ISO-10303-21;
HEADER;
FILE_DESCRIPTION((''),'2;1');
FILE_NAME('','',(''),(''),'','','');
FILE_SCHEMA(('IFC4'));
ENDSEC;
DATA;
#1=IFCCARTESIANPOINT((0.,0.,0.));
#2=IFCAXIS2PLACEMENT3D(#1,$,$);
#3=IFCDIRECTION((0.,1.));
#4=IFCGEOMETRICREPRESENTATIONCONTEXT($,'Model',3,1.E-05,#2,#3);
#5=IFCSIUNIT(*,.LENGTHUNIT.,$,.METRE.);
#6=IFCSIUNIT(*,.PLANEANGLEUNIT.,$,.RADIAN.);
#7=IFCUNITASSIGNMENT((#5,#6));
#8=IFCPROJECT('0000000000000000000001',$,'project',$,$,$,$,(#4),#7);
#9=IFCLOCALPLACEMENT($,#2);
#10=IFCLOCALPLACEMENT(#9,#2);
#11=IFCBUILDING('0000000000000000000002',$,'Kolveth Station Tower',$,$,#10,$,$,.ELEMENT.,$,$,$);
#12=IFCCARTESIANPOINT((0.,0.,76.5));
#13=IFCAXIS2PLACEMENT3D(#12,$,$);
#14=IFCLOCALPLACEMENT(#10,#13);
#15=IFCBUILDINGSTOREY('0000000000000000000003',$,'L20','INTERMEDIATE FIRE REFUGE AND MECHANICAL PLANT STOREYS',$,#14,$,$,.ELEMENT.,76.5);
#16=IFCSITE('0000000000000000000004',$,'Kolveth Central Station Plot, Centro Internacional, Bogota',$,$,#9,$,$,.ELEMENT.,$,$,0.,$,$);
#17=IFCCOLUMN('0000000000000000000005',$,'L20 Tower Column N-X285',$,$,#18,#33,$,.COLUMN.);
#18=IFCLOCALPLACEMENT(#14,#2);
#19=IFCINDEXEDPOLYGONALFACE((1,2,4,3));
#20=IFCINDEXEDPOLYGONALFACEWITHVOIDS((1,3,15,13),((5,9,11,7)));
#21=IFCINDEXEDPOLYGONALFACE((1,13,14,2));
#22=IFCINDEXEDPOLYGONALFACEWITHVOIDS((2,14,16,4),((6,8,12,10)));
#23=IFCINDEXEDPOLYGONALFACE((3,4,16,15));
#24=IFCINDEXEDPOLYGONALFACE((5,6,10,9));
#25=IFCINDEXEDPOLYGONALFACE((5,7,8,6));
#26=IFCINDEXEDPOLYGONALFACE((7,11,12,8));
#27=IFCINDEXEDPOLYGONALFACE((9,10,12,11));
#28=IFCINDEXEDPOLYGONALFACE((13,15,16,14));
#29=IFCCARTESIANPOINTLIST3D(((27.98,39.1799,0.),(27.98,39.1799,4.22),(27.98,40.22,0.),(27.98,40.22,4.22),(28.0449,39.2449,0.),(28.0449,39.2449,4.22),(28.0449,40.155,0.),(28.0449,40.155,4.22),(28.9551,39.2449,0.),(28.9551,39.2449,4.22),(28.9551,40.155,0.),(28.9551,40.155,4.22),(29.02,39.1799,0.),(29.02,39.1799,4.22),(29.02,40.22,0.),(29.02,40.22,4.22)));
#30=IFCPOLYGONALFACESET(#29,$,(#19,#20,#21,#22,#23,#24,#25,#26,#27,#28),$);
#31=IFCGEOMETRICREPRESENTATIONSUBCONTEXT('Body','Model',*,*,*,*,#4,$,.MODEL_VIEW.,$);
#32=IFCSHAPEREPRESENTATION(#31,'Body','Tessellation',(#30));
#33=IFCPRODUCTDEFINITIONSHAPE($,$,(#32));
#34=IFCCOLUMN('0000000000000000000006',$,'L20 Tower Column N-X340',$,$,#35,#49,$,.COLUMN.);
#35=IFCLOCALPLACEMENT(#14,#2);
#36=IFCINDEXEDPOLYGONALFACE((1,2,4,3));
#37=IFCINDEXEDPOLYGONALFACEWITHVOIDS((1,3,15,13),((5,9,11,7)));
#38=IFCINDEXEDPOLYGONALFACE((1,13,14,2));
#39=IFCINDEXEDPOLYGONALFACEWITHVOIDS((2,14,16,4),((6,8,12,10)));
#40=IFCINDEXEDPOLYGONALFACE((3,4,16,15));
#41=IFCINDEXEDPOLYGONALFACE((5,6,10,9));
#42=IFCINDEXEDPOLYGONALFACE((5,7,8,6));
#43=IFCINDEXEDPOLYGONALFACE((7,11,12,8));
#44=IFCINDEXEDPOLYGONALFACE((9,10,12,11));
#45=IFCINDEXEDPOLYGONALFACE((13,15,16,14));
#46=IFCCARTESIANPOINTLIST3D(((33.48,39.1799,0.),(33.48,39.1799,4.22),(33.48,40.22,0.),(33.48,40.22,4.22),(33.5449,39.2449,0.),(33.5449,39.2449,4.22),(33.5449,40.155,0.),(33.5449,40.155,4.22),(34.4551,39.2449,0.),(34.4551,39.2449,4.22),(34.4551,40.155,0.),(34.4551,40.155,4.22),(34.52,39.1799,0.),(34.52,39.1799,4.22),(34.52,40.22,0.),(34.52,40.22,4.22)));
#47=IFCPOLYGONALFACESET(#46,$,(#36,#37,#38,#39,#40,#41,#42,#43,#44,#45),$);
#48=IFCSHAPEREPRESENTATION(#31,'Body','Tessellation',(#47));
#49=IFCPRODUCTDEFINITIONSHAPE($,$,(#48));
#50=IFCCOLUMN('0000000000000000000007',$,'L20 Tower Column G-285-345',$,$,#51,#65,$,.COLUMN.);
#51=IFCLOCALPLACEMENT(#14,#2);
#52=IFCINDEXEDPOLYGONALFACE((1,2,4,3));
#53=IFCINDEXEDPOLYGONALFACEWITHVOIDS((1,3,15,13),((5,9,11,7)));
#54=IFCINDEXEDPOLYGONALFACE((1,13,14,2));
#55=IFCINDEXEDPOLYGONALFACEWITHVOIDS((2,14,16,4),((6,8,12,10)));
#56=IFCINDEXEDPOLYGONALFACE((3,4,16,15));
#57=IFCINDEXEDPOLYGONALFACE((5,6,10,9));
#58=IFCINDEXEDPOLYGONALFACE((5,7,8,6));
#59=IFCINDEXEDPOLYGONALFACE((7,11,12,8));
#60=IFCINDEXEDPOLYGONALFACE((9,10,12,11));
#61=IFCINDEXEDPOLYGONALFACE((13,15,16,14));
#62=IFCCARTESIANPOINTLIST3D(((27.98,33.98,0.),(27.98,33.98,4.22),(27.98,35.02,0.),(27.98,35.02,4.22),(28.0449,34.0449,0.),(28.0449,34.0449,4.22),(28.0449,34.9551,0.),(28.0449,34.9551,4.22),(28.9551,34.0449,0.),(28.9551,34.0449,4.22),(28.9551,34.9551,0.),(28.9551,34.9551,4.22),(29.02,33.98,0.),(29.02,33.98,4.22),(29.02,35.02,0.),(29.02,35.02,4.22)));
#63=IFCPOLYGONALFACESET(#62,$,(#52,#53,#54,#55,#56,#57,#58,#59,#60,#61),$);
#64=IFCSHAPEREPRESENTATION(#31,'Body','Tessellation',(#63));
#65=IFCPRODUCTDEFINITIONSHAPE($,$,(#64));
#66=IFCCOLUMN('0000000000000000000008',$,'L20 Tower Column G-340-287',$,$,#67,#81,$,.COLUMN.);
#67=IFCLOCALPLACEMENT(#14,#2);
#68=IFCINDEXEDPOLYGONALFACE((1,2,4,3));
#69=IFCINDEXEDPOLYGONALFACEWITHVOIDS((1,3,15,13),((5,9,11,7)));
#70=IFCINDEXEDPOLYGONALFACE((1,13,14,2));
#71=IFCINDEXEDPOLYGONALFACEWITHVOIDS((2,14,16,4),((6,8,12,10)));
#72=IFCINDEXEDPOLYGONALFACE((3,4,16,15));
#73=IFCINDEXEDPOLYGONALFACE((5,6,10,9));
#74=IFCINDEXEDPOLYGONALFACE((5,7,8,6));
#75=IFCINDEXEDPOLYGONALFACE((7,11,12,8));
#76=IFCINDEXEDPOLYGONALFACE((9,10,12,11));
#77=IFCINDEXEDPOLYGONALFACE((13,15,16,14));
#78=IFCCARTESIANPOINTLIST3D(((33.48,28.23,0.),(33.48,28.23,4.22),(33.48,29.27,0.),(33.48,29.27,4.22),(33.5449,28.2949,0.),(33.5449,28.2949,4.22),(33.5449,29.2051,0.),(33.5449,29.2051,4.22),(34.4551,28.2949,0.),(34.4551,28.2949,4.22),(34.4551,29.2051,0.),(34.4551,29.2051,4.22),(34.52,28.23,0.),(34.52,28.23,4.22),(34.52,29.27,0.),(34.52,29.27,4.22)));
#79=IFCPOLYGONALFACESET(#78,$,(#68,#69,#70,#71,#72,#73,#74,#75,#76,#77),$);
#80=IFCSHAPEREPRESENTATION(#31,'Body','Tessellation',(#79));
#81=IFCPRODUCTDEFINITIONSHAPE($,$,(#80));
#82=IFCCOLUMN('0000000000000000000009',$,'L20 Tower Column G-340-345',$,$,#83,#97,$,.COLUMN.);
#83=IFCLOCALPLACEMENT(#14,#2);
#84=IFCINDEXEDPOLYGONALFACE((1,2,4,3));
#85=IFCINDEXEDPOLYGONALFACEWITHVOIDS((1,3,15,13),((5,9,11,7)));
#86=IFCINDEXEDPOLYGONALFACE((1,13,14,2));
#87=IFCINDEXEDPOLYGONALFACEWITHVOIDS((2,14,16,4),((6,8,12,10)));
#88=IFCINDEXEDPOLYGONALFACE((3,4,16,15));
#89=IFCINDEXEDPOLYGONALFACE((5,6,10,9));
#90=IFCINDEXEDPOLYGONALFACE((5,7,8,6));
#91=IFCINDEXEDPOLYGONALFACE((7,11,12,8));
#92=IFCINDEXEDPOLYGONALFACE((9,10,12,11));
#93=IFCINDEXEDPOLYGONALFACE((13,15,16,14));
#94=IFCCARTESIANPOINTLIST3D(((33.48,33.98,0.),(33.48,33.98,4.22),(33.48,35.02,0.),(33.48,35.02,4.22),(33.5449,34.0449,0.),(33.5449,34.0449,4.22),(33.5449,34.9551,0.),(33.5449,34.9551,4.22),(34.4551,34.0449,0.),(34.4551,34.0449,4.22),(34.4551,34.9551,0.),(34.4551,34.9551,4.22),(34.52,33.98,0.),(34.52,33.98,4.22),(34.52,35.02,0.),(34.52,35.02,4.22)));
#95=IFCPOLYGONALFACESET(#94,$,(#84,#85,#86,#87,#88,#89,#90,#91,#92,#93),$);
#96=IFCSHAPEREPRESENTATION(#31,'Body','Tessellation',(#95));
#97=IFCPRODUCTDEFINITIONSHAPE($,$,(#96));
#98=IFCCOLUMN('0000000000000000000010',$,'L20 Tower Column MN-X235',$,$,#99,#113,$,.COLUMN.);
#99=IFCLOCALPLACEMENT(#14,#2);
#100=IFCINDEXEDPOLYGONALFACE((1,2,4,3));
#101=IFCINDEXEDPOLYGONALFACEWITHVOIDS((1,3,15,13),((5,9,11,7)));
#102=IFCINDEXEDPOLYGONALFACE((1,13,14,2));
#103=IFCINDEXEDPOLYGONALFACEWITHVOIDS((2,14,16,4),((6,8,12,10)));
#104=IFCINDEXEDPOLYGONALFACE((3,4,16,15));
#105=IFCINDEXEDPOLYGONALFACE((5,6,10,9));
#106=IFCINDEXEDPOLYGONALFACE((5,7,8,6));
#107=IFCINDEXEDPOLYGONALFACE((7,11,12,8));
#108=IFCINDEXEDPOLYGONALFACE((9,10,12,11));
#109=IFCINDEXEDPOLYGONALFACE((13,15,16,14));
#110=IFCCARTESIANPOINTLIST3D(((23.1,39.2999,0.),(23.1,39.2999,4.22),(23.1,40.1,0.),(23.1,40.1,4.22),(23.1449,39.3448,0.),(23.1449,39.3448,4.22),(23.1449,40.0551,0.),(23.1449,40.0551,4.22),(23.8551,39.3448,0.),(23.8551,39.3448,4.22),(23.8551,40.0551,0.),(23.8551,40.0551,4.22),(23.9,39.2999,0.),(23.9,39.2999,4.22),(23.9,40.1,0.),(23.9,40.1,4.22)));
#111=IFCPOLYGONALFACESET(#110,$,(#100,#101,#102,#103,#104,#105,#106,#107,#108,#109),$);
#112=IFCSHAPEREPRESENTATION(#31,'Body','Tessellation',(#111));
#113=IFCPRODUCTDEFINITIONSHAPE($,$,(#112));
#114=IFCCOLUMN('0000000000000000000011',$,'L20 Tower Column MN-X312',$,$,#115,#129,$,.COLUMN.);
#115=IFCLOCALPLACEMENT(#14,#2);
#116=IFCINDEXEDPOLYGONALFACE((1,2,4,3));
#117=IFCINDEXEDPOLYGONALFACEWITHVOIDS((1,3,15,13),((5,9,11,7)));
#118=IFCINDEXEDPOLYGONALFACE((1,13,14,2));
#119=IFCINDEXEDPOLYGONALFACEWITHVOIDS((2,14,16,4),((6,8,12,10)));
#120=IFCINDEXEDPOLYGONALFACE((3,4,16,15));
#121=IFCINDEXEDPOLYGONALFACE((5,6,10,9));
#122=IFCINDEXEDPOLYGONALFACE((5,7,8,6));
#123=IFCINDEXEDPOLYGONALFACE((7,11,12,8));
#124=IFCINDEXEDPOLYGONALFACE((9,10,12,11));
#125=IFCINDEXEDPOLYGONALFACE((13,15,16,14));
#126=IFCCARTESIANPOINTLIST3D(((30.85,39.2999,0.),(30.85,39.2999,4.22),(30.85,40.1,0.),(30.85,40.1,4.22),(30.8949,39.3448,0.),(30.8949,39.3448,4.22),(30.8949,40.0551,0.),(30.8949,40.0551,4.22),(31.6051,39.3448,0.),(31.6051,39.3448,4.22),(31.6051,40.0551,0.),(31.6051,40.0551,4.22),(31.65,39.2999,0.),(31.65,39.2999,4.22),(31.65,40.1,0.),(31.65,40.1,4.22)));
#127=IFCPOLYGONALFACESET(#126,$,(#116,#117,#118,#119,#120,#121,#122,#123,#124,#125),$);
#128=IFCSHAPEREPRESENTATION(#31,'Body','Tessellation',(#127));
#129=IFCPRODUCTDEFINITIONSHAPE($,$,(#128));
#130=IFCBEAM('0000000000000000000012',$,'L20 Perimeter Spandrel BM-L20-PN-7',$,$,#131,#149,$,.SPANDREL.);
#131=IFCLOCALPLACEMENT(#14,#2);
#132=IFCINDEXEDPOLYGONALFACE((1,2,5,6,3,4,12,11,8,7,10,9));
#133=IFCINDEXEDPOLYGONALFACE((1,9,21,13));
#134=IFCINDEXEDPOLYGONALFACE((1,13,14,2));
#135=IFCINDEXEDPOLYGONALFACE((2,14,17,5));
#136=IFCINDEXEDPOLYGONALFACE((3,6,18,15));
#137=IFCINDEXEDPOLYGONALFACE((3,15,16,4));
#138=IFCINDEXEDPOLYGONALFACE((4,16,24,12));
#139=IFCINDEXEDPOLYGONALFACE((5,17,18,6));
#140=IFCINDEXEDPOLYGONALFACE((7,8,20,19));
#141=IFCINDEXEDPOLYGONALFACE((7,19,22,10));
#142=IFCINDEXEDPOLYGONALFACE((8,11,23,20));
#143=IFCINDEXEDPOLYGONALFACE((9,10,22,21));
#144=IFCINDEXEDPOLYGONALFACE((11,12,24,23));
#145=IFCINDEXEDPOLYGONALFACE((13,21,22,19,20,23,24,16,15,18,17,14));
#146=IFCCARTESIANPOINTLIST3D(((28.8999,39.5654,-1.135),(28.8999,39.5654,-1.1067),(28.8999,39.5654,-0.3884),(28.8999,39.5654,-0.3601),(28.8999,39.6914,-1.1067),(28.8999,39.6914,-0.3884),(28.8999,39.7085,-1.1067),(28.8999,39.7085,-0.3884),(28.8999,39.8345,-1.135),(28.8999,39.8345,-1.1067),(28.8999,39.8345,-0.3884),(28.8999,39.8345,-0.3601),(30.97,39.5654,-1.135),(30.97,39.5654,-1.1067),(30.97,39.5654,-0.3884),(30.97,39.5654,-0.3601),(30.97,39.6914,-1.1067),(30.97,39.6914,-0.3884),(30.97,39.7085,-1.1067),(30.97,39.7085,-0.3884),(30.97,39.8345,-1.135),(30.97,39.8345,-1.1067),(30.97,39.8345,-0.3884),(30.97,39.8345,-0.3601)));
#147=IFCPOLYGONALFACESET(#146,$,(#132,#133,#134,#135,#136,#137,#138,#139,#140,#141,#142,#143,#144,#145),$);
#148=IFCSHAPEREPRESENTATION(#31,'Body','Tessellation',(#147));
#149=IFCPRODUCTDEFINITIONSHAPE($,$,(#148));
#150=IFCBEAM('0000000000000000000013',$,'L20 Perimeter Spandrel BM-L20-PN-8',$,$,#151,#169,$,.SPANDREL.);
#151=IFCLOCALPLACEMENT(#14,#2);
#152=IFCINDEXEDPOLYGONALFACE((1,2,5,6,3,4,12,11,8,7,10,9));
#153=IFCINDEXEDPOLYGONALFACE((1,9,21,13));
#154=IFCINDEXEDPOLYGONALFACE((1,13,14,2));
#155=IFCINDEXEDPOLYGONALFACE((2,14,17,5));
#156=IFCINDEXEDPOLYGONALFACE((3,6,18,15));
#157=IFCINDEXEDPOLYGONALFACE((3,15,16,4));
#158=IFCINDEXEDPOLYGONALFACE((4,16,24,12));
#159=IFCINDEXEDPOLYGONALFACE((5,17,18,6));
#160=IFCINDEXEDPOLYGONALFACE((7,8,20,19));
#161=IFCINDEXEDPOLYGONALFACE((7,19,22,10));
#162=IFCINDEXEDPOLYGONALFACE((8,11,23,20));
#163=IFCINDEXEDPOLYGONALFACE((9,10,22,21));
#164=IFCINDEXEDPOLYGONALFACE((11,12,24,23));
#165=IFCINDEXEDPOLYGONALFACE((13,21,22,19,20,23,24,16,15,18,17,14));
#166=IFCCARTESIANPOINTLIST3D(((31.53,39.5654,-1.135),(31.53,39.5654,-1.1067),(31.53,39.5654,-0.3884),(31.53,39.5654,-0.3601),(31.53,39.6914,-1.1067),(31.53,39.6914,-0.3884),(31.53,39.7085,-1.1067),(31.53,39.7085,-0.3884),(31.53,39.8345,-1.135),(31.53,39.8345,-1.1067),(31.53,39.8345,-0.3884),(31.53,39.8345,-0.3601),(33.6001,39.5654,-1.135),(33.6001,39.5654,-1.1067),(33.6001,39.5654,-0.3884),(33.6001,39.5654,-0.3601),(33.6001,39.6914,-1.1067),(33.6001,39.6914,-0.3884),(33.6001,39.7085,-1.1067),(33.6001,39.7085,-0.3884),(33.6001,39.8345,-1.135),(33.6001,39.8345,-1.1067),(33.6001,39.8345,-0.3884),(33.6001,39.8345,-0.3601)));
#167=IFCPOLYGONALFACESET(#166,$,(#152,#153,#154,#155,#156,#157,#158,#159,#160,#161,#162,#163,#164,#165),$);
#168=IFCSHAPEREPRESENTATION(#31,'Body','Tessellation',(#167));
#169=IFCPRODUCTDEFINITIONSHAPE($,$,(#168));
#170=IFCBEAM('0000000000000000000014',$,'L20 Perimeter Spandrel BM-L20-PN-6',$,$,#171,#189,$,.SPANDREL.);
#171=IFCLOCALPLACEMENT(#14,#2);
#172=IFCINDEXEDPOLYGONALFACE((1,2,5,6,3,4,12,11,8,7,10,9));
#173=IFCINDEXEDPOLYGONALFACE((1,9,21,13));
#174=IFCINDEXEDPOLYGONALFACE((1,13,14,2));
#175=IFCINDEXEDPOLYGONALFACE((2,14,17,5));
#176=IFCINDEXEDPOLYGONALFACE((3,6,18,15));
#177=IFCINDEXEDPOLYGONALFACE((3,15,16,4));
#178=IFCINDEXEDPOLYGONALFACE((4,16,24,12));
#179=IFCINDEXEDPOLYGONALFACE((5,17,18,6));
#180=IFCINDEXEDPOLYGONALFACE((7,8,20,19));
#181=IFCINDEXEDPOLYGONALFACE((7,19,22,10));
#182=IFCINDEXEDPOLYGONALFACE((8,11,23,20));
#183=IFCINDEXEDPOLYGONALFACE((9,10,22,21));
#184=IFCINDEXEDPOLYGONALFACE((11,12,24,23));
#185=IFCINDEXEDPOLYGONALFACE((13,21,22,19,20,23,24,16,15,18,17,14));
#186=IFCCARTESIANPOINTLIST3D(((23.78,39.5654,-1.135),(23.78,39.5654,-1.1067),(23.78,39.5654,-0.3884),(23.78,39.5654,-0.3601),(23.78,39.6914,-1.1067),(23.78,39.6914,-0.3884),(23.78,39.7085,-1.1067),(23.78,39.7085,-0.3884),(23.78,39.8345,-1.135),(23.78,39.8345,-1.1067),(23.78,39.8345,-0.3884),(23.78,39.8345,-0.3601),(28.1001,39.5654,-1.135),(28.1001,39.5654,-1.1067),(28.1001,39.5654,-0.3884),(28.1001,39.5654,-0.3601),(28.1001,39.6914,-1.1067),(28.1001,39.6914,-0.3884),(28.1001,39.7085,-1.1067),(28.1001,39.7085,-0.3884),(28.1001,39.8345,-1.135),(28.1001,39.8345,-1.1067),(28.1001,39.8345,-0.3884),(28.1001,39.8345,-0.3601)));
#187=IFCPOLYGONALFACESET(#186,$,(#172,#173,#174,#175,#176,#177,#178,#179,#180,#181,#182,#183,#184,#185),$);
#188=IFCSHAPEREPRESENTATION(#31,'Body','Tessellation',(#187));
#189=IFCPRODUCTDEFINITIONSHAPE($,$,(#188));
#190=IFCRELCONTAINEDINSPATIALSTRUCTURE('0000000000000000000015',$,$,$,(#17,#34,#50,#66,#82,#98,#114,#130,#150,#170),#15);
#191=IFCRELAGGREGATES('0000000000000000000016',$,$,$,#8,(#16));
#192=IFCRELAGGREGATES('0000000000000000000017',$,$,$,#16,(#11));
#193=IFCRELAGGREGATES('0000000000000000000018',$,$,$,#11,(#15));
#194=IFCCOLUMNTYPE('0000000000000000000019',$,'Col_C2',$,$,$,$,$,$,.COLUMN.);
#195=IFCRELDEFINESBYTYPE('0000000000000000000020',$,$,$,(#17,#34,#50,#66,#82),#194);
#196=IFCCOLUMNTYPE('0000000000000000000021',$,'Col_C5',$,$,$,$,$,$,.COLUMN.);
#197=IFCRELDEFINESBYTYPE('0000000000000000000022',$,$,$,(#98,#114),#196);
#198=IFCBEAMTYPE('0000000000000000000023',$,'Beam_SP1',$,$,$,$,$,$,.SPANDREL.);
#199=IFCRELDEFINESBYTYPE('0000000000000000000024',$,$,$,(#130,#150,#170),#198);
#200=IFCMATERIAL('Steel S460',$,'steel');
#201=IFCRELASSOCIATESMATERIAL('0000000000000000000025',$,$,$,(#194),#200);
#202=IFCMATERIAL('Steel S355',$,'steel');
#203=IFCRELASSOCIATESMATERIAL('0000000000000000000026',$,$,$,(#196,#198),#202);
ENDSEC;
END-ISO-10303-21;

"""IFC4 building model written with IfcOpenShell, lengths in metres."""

from ifc_helpers import new_model, si_unit, direction, frame, origin, origin_2d, place, context, subcontext, project, spatial, hollow_rectangle, i_section, extrude, source, transform, mapped, material, material_profile, profile_set, type_object, element, save


model = new_model("IFC4")

# Units and contexts
model_context = context("Model", 3, precision=1e-05, world=origin(), true_north=direction((0.0, 1.0)))
body_context = subcontext(model_context, "Body", "Model", "MODEL_VIEW")
ifc_project = project(units=[si_unit("LENGTHUNIT", "METRE"), si_unit("PLANEANGLEUNIT", "RADIAN")], contexts=[model_context])

# Site, building, storey
site_placement = place(None, origin())
site = spatial("IfcSite", under=ifc_project, at=site_placement, Name="Kolveth Central Station Plot, Centro Internacional, Bogota", CompositionType="ELEMENT", RefElevation=0.0)
building_placement = place(site_placement, origin())
building = spatial("IfcBuilding", under=site, at=building_placement, Name="Kolveth Station Tower", CompositionType="ELEMENT")
storey_placement = place(building_placement, frame((0.0, 0.0, 76.5)))
storey = spatial("IfcBuildingStorey", under=building, at=storey_placement, Name="L20", Description="INTERMEDIATE FIRE REFUGE AND MECHANICAL PLANT STOREYS", CompositionType="ELEMENT", Elevation=76.5)

# Columns
ifc_material_1 = material(Name="Steel S460", Category="steel")
ifc_material_profile_1 = material_profile(ifc_material_1, hollow_rectangle(XDim=1.04, YDim=1.04, WallThickness=0.0649, at=origin_2d()), Name="BOX1040x1040x65")
ifc_profile_set_1 = profile_set([ifc_material_profile_1], Name="Steel S460")
column_type_1 = type_object("IfcColumnType", Name="Col_C2", PredefinedType="COLUMN", material=ifc_profile_set_1)
shared_shape_1 = source(origin(), body_context, "Body", "SweptSolid", [
    extrude(hollow_rectangle(XDim=1.04, YDim=1.04, WallThickness=0.0649, at=origin_2d()), origin(), (0.0, 0.0, 1.0), 4.22),
])
for number, where, z_axis, x_axis, name in (
    (1, (28.5, 39.7, 0.0), (0.0, 0.0, 1.0), (1.0, 0.0, 0.0), "L20 Tower Column N-X285"),
    (2, (34.0, 39.7, 0.0), (0.0, 0.0, 1.0), (1.0, 0.0, 0.0), "L20 Tower Column N-X340"),
    (3, (28.5, 34.5, 0.0), (0.0, 0.0, 1.0), (1.0, 0.0, 0.0), "L20 Tower Column G-285-345"),
    (4, (34.0, 28.75, 0.0), (0.0, 0.0, 1.0), (1.0, 0.0, 0.0), "L20 Tower Column G-340-287"),
    (5, (34.0, 34.5, 0.0), (0.0, 0.0, 1.0), (1.0, 0.0, 0.0), "L20 Tower Column G-340-345"),
):
    element("IfcColumn", number, at=place(storey_placement, frame(where, z_axis=z_axis, x_axis=x_axis)), inside=storey, type_object=column_type_1, Name=name, PredefinedType="COLUMN", context=body_context, shape_type="MappedRepresentation", body=[
        mapped(shared_shape_1, transform((0.0, 0.0, 0.0), x_axis=(1.0, 0.0, 0.0), y_axis=(0.0, 1.0, 0.0), z_axis=(0.0, 0.0, 1.0), scale=1.0)),
    ])
ifc_material_2 = material(Name="Steel S355", Category="steel")
ifc_material_profile_2 = material_profile(ifc_material_2, hollow_rectangle(XDim=0.8, YDim=0.8, WallThickness=0.0449, at=origin_2d()), Name="BOX800x800x45")
ifc_profile_set_2 = profile_set([ifc_material_profile_2], Name="Steel S355")
column_type_2 = type_object("IfcColumnType", Name="Col_C5", PredefinedType="COLUMN", material=ifc_profile_set_2)
shared_shape_2 = source(origin(), body_context, "Body", "SweptSolid", [
    extrude(hollow_rectangle(XDim=0.8, YDim=0.8, WallThickness=0.0449, at=origin_2d()), origin(), (0.0, 0.0, 1.0), 4.22),
])
for number, where, z_axis, x_axis, name in (
    (6, (23.5, 39.7, 0.0), (0.0, 0.0, 1.0), (1.0, 0.0, 0.0), "L20 Tower Column MN-X235"),
    (7, (31.25, 39.7, 0.0), (0.0, 0.0, 1.0), (1.0, 0.0, 0.0), "L20 Tower Column MN-X312"),
):
    element("IfcColumn", number, at=place(storey_placement, frame(where, z_axis=z_axis, x_axis=x_axis)), inside=storey, type_object=column_type_2, Name=name, PredefinedType="COLUMN", context=body_context, shape_type="MappedRepresentation", body=[
        mapped(shared_shape_2, transform((0.0, 0.0, 0.0), x_axis=(1.0, 0.0, 0.0), y_axis=(0.0, 1.0, 0.0), z_axis=(0.0, 0.0, 1.0), scale=1.0)),
    ])

# Beams
ifc_material_profile_3 = material_profile(ifc_material_2, i_section(OverallWidth=0.269, OverallDepth=0.7749, WebThickness=0.0171, FlangeThickness=0.0283, at=origin_2d()), Name="W760x220")
ifc_profile_set_3 = profile_set([ifc_material_profile_3], Name="Steel S355")
beam_type_1 = type_object("IfcBeamType", Name="Beam_SP1", PredefinedType="SPANDREL", material=ifc_profile_set_3)
shared_shape_3 = source(origin(), body_context, "Body", "SweptSolid", [
    extrude(i_section(OverallWidth=0.269, OverallDepth=0.7749, WebThickness=0.0171, FlangeThickness=0.0283, at=origin_2d()), origin(), (0.0, 0.0, 1.0), 2.0701),
])
for number, where, z_axis, x_axis, name in (
    (8, (28.8999, 39.7, -0.7476), (1.0, 0.0, 0.0), (0.0, 1.0, 0.0), "L20 Perimeter Spandrel BM-L20-PN-7"),
    (9, (31.53, 39.7, -0.7476), (1.0, 0.0, 0.0), (0.0, 1.0, 0.0), "L20 Perimeter Spandrel BM-L20-PN-8"),
):
    element("IfcBeam", number, at=place(storey_placement, frame(where, z_axis=z_axis, x_axis=x_axis)), inside=storey, type_object=beam_type_1, Name=name, PredefinedType="SPANDREL", context=body_context, shape_type="MappedRepresentation", body=[
        mapped(shared_shape_3, transform((0.0, 0.0, 0.0), x_axis=(1.0, 0.0, 0.0), y_axis=(0.0, 1.0, 0.0), z_axis=(0.0, 0.0, 1.0), scale=1.0)),
    ])
shared_shape_4 = source(origin(), body_context, "Body", "SweptSolid", [
    extrude(i_section(OverallWidth=0.269, OverallDepth=0.7749, WebThickness=0.0171, FlangeThickness=0.0283, at=origin_2d()), origin(), (0.0, 0.0, 1.0), 4.3201),
])
beam_1_placement = place(storey_placement, frame((23.78, 39.7, -0.7476), z_axis=(1.0, 0.0, 0.0), x_axis=(0.0, 1.0, 0.0)))
element("IfcBeam", 10, at=beam_1_placement, inside=storey, type_object=beam_type_1, Name="L20 Perimeter Spandrel BM-L20-PN-6", PredefinedType="SPANDREL", context=body_context, shape_type="MappedRepresentation", body=[
    mapped(shared_shape_4, transform((0.0, 0.0, 0.0), x_axis=(1.0, 0.0, 0.0), y_axis=(0.0, 1.0, 0.0), z_axis=(0.0, 0.0, 1.0), scale=1.0)),
])

save(model, "model.ifc")
